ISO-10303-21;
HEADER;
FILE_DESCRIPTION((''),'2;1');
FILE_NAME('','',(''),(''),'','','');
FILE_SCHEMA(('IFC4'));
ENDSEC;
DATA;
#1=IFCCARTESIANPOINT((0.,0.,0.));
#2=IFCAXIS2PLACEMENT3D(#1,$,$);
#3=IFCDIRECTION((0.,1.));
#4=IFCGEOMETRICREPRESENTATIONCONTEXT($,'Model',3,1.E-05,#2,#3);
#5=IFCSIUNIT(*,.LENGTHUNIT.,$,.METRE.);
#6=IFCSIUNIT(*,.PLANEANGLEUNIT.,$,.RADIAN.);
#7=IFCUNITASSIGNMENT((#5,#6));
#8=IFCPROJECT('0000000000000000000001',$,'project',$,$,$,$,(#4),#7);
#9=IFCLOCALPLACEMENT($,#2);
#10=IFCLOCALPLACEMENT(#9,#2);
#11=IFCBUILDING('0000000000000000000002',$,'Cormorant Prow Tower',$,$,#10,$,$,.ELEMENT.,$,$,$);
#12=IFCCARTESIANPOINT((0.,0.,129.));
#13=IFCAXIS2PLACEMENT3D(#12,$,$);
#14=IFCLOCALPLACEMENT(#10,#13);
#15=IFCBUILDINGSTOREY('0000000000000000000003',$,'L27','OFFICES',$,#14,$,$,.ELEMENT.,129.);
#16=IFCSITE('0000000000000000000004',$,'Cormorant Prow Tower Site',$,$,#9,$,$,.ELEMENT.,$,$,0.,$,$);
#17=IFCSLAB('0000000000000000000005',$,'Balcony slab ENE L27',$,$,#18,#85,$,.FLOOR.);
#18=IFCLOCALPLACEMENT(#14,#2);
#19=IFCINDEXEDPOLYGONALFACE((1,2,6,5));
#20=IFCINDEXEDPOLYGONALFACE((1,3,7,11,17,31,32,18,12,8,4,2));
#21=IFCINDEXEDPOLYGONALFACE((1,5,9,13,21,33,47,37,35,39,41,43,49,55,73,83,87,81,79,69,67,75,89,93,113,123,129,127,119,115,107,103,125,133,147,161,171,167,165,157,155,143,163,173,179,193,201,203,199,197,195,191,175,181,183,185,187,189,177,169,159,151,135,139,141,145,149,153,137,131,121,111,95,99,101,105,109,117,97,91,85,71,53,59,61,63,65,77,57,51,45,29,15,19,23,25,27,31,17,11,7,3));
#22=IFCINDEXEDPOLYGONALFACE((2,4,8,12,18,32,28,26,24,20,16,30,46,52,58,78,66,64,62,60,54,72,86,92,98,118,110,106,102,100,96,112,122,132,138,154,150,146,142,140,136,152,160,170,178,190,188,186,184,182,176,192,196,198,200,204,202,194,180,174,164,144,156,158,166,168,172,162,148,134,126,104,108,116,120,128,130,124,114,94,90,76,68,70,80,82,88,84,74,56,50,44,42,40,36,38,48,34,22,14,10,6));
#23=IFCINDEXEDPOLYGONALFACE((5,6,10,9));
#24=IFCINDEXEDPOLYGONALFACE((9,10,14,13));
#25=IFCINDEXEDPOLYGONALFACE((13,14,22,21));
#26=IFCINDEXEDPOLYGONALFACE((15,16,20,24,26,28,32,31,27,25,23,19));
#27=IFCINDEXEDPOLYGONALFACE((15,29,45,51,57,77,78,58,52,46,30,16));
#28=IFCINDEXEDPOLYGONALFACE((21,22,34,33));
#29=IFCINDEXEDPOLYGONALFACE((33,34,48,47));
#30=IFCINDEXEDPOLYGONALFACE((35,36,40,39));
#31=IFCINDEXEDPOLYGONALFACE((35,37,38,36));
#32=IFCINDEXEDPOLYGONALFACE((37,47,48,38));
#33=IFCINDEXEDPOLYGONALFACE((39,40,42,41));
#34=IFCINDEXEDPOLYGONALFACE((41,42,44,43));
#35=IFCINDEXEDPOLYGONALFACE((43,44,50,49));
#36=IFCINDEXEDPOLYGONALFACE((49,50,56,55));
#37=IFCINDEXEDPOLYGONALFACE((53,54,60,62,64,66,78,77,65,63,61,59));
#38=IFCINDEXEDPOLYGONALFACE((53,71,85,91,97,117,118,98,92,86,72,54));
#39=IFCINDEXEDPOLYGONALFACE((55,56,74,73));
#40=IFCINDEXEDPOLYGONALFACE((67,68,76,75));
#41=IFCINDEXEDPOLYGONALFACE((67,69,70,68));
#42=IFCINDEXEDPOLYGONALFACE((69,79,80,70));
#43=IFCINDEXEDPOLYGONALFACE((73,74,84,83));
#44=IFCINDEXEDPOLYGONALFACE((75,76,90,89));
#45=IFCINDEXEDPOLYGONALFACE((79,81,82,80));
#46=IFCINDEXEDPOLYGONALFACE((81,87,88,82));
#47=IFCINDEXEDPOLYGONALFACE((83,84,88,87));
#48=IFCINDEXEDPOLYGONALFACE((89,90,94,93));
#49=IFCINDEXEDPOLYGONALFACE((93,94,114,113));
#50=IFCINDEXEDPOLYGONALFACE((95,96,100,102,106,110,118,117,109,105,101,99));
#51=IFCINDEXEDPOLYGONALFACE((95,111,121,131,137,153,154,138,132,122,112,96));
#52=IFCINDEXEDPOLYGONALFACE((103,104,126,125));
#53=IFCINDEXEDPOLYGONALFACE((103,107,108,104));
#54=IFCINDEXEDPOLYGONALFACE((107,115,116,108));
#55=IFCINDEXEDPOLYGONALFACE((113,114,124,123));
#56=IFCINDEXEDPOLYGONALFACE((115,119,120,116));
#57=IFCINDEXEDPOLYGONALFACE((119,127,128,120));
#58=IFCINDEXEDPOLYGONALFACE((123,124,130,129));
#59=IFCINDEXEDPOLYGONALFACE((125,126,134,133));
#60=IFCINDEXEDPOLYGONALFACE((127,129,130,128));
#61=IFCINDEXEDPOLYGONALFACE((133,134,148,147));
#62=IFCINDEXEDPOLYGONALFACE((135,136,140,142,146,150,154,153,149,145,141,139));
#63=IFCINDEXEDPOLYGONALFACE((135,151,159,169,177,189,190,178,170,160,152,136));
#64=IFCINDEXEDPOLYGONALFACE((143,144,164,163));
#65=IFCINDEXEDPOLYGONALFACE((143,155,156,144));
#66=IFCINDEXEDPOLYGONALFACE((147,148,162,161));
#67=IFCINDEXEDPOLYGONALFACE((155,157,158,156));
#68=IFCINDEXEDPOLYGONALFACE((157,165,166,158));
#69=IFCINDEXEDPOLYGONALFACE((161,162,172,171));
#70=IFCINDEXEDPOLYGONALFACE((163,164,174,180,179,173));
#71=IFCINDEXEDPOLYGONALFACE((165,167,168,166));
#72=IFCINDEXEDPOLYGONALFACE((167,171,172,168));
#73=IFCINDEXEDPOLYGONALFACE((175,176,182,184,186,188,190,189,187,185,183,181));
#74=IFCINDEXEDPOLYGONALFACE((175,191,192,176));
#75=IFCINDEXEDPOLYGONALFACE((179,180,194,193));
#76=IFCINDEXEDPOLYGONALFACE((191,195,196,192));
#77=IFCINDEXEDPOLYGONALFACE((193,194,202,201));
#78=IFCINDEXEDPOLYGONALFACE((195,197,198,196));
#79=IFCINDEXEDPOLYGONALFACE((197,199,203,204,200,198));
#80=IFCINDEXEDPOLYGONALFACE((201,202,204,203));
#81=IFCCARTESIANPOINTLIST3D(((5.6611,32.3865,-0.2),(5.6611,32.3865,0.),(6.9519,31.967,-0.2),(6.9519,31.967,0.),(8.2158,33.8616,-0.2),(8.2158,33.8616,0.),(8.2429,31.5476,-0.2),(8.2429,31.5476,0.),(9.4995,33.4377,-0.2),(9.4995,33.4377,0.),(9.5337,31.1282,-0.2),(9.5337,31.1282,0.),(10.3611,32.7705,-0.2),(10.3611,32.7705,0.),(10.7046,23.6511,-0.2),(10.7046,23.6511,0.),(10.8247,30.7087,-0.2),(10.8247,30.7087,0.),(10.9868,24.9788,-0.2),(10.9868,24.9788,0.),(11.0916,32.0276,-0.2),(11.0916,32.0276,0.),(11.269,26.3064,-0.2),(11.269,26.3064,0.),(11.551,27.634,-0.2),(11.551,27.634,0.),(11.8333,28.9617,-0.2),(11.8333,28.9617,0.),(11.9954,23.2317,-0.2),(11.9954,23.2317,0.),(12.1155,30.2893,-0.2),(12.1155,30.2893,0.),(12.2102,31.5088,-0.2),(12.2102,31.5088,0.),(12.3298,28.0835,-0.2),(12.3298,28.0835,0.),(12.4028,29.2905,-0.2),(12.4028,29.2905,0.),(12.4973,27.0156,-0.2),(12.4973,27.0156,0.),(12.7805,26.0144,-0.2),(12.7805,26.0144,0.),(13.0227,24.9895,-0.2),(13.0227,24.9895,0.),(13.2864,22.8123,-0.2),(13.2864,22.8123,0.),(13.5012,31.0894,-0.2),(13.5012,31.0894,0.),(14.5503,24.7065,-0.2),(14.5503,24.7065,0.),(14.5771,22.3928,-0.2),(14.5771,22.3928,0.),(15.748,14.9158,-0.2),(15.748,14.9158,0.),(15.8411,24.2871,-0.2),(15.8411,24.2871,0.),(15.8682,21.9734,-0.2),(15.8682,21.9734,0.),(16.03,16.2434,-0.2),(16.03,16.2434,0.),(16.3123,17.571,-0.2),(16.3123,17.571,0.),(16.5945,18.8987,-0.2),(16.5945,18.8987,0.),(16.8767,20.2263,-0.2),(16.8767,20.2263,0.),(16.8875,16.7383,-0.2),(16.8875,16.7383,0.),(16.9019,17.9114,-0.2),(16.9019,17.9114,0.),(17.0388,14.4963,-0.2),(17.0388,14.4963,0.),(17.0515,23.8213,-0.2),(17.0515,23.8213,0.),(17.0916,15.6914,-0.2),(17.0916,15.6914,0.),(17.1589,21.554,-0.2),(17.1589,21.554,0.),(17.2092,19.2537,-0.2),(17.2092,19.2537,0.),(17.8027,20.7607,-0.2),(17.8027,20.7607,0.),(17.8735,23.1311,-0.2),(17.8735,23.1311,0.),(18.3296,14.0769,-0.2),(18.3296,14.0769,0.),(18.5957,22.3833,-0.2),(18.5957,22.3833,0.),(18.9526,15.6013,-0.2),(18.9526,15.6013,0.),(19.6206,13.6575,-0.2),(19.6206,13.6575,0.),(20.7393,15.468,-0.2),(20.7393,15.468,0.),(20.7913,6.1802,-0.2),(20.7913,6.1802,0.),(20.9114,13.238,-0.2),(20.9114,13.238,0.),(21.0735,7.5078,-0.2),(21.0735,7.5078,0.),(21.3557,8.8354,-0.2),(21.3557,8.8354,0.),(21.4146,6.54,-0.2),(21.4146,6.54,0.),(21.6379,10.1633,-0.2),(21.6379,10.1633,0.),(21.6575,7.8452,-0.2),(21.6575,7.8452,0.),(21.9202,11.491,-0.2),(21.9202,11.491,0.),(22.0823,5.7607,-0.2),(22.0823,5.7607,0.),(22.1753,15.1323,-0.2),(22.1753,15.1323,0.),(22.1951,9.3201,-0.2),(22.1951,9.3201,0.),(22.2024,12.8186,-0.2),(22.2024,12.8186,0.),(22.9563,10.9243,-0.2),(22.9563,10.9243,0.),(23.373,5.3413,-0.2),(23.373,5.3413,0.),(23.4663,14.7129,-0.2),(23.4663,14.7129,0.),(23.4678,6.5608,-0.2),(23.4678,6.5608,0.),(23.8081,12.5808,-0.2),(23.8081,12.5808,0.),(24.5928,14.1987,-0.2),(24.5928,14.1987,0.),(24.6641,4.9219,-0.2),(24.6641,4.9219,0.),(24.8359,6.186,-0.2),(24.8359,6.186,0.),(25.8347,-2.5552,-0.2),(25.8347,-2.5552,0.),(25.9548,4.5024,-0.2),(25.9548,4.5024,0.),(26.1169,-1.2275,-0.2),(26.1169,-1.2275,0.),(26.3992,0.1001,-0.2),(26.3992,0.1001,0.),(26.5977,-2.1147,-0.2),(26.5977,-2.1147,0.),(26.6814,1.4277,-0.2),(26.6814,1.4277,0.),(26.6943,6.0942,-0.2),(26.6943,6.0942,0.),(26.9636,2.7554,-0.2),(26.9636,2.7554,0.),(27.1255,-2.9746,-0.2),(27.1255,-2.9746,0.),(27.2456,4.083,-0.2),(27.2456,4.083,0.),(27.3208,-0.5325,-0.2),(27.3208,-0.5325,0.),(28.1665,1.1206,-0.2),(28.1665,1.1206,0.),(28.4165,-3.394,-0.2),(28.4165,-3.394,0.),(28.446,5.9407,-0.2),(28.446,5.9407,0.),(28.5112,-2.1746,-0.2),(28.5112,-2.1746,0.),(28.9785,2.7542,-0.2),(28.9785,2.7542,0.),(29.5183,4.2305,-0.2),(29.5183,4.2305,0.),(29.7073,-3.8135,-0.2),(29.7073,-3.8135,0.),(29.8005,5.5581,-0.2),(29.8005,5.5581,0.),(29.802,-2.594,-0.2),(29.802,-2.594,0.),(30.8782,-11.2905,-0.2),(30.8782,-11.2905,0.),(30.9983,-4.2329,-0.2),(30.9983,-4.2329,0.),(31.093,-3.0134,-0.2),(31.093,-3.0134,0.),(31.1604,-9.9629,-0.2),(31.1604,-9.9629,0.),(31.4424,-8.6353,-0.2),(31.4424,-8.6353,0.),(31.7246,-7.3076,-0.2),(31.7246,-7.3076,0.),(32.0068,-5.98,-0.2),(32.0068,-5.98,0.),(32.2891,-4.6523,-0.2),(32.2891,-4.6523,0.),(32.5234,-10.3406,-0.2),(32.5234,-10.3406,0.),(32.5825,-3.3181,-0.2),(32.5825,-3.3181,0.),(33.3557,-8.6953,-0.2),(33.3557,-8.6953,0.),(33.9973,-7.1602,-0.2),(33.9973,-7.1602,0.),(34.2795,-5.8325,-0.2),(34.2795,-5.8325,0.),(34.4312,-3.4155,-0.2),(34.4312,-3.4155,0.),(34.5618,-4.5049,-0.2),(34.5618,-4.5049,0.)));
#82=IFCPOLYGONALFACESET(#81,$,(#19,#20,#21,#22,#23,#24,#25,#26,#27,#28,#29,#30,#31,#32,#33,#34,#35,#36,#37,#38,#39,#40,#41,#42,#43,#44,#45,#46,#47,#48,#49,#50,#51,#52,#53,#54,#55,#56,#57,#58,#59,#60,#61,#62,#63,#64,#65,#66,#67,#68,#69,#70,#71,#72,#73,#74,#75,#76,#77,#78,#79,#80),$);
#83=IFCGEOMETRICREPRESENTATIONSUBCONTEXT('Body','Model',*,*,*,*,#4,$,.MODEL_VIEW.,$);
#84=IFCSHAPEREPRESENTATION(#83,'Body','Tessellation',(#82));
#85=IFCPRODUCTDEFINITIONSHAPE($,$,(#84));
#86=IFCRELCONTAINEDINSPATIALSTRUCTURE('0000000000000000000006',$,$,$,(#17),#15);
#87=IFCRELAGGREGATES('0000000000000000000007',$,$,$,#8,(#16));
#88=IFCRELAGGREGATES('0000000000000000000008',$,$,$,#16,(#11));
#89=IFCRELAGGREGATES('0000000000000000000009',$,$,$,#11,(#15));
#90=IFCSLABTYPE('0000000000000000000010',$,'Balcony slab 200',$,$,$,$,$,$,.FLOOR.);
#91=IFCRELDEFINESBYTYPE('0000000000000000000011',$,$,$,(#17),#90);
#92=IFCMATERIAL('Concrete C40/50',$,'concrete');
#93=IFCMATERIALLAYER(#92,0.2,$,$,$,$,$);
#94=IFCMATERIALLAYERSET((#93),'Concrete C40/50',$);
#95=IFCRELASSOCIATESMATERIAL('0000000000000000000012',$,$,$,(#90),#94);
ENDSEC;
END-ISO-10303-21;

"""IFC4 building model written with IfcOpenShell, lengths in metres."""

from ifc_helpers import new_model, si_unit, direction, frame, origin, place, context, subcontext, project, spatial, polyline, outline, extrude, material, layer, layer_set, type_object, element, save


model = new_model("IFC4")

# Units and contexts
model_context = context("Model", 3, precision=1e-05, world=origin(), true_north=direction((0.0, 1.0)))
body_context = subcontext(model_context, "Body", "Model", "MODEL_VIEW")
ifc_project = project(units=[si_unit("LENGTHUNIT", "METRE"), si_unit("PLANEANGLEUNIT", "RADIAN")], contexts=[model_context])

# Site, building, storey
site_placement = place(None, origin())
site = spatial("IfcSite", under=ifc_project, at=site_placement, Name="Cormorant Prow Tower Site", CompositionType="ELEMENT", RefElevation=0.0)
building_placement = place(site_placement, origin())
building = spatial("IfcBuilding", under=site, at=building_placement, Name="Cormorant Prow Tower", CompositionType="ELEMENT")
storey_placement = place(building_placement, frame((0.0, 0.0, 129.0)))
storey = spatial("IfcBuildingStorey", under=building, at=storey_placement, Name="L27", Description="OFFICES", CompositionType="ELEMENT", Elevation=129.0)

# Slab
ifc_material_1 = material(Name="Concrete C40/50", Category="concrete")
ifc_layer_1 = layer(ifc_material_1, 0.2)
ifc_layer_set_1 = layer_set([ifc_layer_1], Name="Concrete C40/50")
slab_type_1 = type_object("IfcSlabType", Name="Balcony slab 200", PredefinedType="FLOOR", material=ifc_layer_set_1)
slab_1_placement = place(storey_placement, frame((0.0, 0.0, -0.2)))
element("IfcSlab", 1, at=slab_1_placement, inside=storey, type_object=slab_type_1, Name="Balcony slab ENE L27", PredefinedType="FLOOR", context=body_context, shape_type="SweptSolid", body=[
    extrude(outline(polyline([(30.8782, -11.2905), (32.5234, -10.3406), (33.3557, -8.6953), (33.9973, -7.1602), (34.2795, -5.8325), (34.5618, -4.5049), (34.4312, -3.4155), (32.5825, -3.3181), (31.093, -3.0134), (29.802, -2.594), (28.5112, -2.1746), (26.5977, -2.1147), (27.3208, -0.5325), (28.1665, 1.1206), (28.9785, 2.7542), (29.5183, 4.2305), (29.8005, 5.5581), (28.446, 5.9407), (26.6943, 6.0942), (24.8359, 6.186), (23.4678, 6.5608), (21.4146, 6.54), (21.6575, 7.8452), (22.1951, 9.3201), (22.9563, 10.9243), (23.8081, 12.5808), (24.5928, 14.1987), (23.4663, 14.7129), (22.1753, 15.1323), (20.7393, 15.468), (18.9526, 15.6013), (17.0916, 15.6914), (16.8875, 16.7383), (16.9019, 17.9114), (17.2092, 19.2537), (17.8027, 20.7607), (18.5957, 22.3833), (17.8735, 23.1311), (17.0515, 23.8213), (15.8411, 24.2871), (14.5503, 24.7065), (13.0227, 24.9895), (12.7805, 26.0144), (12.4973, 27.0156), (12.3298, 28.0835), (12.4028, 29.2905), (13.5012, 31.0894), (12.2102, 31.5088), (11.0916, 32.0276), (10.3611, 32.7705), (9.4995, 33.4377), (8.2158, 33.8616), (5.6611, 32.3865), (6.9519, 31.967), (8.2429, 31.5476), (9.5337, 31.1282), (10.8247, 30.7087), (12.1155, 30.2893), (11.8333, 28.9617), (11.551, 27.634), (11.269, 26.3064), (10.9868, 24.9788), (10.7046, 23.6511), (11.9954, 23.2317), (13.2864, 22.8123), (14.5771, 22.3928), (15.8682, 21.9734), (17.1589, 21.554), (16.8767, 20.2263), (16.5945, 18.8987), (16.3123, 17.571), (16.03, 16.2434), (15.748, 14.9158), (17.0388, 14.4963), (18.3296, 14.0769), (19.6206, 13.6575), (20.9114, 13.238), (22.2024, 12.8186), (21.9202, 11.491), (21.6379, 10.1633), (21.3557, 8.8354), (21.0735, 7.5078), (20.7913, 6.1802), (22.0823, 5.7607), (23.373, 5.3413), (24.6641, 4.9219), (25.9548, 4.5024), (27.2456, 4.083), (26.9636, 2.7554), (26.6814, 1.4277), (26.3992, 0.1001), (26.1169, -1.2275), (25.8347, -2.5552), (27.1255, -2.9746), (28.4165, -3.394), (29.7073, -3.8135), (30.9983, -4.2329), (32.2891, -4.6523), (32.0068, -5.98), (31.7246, -7.3076), (31.4424, -8.6353), (31.1604, -9.9629), (30.8782, -11.2905)])), origin(), (0.0, 0.0, 1.0), 0.2),
])

save(model, "model.ifc")
